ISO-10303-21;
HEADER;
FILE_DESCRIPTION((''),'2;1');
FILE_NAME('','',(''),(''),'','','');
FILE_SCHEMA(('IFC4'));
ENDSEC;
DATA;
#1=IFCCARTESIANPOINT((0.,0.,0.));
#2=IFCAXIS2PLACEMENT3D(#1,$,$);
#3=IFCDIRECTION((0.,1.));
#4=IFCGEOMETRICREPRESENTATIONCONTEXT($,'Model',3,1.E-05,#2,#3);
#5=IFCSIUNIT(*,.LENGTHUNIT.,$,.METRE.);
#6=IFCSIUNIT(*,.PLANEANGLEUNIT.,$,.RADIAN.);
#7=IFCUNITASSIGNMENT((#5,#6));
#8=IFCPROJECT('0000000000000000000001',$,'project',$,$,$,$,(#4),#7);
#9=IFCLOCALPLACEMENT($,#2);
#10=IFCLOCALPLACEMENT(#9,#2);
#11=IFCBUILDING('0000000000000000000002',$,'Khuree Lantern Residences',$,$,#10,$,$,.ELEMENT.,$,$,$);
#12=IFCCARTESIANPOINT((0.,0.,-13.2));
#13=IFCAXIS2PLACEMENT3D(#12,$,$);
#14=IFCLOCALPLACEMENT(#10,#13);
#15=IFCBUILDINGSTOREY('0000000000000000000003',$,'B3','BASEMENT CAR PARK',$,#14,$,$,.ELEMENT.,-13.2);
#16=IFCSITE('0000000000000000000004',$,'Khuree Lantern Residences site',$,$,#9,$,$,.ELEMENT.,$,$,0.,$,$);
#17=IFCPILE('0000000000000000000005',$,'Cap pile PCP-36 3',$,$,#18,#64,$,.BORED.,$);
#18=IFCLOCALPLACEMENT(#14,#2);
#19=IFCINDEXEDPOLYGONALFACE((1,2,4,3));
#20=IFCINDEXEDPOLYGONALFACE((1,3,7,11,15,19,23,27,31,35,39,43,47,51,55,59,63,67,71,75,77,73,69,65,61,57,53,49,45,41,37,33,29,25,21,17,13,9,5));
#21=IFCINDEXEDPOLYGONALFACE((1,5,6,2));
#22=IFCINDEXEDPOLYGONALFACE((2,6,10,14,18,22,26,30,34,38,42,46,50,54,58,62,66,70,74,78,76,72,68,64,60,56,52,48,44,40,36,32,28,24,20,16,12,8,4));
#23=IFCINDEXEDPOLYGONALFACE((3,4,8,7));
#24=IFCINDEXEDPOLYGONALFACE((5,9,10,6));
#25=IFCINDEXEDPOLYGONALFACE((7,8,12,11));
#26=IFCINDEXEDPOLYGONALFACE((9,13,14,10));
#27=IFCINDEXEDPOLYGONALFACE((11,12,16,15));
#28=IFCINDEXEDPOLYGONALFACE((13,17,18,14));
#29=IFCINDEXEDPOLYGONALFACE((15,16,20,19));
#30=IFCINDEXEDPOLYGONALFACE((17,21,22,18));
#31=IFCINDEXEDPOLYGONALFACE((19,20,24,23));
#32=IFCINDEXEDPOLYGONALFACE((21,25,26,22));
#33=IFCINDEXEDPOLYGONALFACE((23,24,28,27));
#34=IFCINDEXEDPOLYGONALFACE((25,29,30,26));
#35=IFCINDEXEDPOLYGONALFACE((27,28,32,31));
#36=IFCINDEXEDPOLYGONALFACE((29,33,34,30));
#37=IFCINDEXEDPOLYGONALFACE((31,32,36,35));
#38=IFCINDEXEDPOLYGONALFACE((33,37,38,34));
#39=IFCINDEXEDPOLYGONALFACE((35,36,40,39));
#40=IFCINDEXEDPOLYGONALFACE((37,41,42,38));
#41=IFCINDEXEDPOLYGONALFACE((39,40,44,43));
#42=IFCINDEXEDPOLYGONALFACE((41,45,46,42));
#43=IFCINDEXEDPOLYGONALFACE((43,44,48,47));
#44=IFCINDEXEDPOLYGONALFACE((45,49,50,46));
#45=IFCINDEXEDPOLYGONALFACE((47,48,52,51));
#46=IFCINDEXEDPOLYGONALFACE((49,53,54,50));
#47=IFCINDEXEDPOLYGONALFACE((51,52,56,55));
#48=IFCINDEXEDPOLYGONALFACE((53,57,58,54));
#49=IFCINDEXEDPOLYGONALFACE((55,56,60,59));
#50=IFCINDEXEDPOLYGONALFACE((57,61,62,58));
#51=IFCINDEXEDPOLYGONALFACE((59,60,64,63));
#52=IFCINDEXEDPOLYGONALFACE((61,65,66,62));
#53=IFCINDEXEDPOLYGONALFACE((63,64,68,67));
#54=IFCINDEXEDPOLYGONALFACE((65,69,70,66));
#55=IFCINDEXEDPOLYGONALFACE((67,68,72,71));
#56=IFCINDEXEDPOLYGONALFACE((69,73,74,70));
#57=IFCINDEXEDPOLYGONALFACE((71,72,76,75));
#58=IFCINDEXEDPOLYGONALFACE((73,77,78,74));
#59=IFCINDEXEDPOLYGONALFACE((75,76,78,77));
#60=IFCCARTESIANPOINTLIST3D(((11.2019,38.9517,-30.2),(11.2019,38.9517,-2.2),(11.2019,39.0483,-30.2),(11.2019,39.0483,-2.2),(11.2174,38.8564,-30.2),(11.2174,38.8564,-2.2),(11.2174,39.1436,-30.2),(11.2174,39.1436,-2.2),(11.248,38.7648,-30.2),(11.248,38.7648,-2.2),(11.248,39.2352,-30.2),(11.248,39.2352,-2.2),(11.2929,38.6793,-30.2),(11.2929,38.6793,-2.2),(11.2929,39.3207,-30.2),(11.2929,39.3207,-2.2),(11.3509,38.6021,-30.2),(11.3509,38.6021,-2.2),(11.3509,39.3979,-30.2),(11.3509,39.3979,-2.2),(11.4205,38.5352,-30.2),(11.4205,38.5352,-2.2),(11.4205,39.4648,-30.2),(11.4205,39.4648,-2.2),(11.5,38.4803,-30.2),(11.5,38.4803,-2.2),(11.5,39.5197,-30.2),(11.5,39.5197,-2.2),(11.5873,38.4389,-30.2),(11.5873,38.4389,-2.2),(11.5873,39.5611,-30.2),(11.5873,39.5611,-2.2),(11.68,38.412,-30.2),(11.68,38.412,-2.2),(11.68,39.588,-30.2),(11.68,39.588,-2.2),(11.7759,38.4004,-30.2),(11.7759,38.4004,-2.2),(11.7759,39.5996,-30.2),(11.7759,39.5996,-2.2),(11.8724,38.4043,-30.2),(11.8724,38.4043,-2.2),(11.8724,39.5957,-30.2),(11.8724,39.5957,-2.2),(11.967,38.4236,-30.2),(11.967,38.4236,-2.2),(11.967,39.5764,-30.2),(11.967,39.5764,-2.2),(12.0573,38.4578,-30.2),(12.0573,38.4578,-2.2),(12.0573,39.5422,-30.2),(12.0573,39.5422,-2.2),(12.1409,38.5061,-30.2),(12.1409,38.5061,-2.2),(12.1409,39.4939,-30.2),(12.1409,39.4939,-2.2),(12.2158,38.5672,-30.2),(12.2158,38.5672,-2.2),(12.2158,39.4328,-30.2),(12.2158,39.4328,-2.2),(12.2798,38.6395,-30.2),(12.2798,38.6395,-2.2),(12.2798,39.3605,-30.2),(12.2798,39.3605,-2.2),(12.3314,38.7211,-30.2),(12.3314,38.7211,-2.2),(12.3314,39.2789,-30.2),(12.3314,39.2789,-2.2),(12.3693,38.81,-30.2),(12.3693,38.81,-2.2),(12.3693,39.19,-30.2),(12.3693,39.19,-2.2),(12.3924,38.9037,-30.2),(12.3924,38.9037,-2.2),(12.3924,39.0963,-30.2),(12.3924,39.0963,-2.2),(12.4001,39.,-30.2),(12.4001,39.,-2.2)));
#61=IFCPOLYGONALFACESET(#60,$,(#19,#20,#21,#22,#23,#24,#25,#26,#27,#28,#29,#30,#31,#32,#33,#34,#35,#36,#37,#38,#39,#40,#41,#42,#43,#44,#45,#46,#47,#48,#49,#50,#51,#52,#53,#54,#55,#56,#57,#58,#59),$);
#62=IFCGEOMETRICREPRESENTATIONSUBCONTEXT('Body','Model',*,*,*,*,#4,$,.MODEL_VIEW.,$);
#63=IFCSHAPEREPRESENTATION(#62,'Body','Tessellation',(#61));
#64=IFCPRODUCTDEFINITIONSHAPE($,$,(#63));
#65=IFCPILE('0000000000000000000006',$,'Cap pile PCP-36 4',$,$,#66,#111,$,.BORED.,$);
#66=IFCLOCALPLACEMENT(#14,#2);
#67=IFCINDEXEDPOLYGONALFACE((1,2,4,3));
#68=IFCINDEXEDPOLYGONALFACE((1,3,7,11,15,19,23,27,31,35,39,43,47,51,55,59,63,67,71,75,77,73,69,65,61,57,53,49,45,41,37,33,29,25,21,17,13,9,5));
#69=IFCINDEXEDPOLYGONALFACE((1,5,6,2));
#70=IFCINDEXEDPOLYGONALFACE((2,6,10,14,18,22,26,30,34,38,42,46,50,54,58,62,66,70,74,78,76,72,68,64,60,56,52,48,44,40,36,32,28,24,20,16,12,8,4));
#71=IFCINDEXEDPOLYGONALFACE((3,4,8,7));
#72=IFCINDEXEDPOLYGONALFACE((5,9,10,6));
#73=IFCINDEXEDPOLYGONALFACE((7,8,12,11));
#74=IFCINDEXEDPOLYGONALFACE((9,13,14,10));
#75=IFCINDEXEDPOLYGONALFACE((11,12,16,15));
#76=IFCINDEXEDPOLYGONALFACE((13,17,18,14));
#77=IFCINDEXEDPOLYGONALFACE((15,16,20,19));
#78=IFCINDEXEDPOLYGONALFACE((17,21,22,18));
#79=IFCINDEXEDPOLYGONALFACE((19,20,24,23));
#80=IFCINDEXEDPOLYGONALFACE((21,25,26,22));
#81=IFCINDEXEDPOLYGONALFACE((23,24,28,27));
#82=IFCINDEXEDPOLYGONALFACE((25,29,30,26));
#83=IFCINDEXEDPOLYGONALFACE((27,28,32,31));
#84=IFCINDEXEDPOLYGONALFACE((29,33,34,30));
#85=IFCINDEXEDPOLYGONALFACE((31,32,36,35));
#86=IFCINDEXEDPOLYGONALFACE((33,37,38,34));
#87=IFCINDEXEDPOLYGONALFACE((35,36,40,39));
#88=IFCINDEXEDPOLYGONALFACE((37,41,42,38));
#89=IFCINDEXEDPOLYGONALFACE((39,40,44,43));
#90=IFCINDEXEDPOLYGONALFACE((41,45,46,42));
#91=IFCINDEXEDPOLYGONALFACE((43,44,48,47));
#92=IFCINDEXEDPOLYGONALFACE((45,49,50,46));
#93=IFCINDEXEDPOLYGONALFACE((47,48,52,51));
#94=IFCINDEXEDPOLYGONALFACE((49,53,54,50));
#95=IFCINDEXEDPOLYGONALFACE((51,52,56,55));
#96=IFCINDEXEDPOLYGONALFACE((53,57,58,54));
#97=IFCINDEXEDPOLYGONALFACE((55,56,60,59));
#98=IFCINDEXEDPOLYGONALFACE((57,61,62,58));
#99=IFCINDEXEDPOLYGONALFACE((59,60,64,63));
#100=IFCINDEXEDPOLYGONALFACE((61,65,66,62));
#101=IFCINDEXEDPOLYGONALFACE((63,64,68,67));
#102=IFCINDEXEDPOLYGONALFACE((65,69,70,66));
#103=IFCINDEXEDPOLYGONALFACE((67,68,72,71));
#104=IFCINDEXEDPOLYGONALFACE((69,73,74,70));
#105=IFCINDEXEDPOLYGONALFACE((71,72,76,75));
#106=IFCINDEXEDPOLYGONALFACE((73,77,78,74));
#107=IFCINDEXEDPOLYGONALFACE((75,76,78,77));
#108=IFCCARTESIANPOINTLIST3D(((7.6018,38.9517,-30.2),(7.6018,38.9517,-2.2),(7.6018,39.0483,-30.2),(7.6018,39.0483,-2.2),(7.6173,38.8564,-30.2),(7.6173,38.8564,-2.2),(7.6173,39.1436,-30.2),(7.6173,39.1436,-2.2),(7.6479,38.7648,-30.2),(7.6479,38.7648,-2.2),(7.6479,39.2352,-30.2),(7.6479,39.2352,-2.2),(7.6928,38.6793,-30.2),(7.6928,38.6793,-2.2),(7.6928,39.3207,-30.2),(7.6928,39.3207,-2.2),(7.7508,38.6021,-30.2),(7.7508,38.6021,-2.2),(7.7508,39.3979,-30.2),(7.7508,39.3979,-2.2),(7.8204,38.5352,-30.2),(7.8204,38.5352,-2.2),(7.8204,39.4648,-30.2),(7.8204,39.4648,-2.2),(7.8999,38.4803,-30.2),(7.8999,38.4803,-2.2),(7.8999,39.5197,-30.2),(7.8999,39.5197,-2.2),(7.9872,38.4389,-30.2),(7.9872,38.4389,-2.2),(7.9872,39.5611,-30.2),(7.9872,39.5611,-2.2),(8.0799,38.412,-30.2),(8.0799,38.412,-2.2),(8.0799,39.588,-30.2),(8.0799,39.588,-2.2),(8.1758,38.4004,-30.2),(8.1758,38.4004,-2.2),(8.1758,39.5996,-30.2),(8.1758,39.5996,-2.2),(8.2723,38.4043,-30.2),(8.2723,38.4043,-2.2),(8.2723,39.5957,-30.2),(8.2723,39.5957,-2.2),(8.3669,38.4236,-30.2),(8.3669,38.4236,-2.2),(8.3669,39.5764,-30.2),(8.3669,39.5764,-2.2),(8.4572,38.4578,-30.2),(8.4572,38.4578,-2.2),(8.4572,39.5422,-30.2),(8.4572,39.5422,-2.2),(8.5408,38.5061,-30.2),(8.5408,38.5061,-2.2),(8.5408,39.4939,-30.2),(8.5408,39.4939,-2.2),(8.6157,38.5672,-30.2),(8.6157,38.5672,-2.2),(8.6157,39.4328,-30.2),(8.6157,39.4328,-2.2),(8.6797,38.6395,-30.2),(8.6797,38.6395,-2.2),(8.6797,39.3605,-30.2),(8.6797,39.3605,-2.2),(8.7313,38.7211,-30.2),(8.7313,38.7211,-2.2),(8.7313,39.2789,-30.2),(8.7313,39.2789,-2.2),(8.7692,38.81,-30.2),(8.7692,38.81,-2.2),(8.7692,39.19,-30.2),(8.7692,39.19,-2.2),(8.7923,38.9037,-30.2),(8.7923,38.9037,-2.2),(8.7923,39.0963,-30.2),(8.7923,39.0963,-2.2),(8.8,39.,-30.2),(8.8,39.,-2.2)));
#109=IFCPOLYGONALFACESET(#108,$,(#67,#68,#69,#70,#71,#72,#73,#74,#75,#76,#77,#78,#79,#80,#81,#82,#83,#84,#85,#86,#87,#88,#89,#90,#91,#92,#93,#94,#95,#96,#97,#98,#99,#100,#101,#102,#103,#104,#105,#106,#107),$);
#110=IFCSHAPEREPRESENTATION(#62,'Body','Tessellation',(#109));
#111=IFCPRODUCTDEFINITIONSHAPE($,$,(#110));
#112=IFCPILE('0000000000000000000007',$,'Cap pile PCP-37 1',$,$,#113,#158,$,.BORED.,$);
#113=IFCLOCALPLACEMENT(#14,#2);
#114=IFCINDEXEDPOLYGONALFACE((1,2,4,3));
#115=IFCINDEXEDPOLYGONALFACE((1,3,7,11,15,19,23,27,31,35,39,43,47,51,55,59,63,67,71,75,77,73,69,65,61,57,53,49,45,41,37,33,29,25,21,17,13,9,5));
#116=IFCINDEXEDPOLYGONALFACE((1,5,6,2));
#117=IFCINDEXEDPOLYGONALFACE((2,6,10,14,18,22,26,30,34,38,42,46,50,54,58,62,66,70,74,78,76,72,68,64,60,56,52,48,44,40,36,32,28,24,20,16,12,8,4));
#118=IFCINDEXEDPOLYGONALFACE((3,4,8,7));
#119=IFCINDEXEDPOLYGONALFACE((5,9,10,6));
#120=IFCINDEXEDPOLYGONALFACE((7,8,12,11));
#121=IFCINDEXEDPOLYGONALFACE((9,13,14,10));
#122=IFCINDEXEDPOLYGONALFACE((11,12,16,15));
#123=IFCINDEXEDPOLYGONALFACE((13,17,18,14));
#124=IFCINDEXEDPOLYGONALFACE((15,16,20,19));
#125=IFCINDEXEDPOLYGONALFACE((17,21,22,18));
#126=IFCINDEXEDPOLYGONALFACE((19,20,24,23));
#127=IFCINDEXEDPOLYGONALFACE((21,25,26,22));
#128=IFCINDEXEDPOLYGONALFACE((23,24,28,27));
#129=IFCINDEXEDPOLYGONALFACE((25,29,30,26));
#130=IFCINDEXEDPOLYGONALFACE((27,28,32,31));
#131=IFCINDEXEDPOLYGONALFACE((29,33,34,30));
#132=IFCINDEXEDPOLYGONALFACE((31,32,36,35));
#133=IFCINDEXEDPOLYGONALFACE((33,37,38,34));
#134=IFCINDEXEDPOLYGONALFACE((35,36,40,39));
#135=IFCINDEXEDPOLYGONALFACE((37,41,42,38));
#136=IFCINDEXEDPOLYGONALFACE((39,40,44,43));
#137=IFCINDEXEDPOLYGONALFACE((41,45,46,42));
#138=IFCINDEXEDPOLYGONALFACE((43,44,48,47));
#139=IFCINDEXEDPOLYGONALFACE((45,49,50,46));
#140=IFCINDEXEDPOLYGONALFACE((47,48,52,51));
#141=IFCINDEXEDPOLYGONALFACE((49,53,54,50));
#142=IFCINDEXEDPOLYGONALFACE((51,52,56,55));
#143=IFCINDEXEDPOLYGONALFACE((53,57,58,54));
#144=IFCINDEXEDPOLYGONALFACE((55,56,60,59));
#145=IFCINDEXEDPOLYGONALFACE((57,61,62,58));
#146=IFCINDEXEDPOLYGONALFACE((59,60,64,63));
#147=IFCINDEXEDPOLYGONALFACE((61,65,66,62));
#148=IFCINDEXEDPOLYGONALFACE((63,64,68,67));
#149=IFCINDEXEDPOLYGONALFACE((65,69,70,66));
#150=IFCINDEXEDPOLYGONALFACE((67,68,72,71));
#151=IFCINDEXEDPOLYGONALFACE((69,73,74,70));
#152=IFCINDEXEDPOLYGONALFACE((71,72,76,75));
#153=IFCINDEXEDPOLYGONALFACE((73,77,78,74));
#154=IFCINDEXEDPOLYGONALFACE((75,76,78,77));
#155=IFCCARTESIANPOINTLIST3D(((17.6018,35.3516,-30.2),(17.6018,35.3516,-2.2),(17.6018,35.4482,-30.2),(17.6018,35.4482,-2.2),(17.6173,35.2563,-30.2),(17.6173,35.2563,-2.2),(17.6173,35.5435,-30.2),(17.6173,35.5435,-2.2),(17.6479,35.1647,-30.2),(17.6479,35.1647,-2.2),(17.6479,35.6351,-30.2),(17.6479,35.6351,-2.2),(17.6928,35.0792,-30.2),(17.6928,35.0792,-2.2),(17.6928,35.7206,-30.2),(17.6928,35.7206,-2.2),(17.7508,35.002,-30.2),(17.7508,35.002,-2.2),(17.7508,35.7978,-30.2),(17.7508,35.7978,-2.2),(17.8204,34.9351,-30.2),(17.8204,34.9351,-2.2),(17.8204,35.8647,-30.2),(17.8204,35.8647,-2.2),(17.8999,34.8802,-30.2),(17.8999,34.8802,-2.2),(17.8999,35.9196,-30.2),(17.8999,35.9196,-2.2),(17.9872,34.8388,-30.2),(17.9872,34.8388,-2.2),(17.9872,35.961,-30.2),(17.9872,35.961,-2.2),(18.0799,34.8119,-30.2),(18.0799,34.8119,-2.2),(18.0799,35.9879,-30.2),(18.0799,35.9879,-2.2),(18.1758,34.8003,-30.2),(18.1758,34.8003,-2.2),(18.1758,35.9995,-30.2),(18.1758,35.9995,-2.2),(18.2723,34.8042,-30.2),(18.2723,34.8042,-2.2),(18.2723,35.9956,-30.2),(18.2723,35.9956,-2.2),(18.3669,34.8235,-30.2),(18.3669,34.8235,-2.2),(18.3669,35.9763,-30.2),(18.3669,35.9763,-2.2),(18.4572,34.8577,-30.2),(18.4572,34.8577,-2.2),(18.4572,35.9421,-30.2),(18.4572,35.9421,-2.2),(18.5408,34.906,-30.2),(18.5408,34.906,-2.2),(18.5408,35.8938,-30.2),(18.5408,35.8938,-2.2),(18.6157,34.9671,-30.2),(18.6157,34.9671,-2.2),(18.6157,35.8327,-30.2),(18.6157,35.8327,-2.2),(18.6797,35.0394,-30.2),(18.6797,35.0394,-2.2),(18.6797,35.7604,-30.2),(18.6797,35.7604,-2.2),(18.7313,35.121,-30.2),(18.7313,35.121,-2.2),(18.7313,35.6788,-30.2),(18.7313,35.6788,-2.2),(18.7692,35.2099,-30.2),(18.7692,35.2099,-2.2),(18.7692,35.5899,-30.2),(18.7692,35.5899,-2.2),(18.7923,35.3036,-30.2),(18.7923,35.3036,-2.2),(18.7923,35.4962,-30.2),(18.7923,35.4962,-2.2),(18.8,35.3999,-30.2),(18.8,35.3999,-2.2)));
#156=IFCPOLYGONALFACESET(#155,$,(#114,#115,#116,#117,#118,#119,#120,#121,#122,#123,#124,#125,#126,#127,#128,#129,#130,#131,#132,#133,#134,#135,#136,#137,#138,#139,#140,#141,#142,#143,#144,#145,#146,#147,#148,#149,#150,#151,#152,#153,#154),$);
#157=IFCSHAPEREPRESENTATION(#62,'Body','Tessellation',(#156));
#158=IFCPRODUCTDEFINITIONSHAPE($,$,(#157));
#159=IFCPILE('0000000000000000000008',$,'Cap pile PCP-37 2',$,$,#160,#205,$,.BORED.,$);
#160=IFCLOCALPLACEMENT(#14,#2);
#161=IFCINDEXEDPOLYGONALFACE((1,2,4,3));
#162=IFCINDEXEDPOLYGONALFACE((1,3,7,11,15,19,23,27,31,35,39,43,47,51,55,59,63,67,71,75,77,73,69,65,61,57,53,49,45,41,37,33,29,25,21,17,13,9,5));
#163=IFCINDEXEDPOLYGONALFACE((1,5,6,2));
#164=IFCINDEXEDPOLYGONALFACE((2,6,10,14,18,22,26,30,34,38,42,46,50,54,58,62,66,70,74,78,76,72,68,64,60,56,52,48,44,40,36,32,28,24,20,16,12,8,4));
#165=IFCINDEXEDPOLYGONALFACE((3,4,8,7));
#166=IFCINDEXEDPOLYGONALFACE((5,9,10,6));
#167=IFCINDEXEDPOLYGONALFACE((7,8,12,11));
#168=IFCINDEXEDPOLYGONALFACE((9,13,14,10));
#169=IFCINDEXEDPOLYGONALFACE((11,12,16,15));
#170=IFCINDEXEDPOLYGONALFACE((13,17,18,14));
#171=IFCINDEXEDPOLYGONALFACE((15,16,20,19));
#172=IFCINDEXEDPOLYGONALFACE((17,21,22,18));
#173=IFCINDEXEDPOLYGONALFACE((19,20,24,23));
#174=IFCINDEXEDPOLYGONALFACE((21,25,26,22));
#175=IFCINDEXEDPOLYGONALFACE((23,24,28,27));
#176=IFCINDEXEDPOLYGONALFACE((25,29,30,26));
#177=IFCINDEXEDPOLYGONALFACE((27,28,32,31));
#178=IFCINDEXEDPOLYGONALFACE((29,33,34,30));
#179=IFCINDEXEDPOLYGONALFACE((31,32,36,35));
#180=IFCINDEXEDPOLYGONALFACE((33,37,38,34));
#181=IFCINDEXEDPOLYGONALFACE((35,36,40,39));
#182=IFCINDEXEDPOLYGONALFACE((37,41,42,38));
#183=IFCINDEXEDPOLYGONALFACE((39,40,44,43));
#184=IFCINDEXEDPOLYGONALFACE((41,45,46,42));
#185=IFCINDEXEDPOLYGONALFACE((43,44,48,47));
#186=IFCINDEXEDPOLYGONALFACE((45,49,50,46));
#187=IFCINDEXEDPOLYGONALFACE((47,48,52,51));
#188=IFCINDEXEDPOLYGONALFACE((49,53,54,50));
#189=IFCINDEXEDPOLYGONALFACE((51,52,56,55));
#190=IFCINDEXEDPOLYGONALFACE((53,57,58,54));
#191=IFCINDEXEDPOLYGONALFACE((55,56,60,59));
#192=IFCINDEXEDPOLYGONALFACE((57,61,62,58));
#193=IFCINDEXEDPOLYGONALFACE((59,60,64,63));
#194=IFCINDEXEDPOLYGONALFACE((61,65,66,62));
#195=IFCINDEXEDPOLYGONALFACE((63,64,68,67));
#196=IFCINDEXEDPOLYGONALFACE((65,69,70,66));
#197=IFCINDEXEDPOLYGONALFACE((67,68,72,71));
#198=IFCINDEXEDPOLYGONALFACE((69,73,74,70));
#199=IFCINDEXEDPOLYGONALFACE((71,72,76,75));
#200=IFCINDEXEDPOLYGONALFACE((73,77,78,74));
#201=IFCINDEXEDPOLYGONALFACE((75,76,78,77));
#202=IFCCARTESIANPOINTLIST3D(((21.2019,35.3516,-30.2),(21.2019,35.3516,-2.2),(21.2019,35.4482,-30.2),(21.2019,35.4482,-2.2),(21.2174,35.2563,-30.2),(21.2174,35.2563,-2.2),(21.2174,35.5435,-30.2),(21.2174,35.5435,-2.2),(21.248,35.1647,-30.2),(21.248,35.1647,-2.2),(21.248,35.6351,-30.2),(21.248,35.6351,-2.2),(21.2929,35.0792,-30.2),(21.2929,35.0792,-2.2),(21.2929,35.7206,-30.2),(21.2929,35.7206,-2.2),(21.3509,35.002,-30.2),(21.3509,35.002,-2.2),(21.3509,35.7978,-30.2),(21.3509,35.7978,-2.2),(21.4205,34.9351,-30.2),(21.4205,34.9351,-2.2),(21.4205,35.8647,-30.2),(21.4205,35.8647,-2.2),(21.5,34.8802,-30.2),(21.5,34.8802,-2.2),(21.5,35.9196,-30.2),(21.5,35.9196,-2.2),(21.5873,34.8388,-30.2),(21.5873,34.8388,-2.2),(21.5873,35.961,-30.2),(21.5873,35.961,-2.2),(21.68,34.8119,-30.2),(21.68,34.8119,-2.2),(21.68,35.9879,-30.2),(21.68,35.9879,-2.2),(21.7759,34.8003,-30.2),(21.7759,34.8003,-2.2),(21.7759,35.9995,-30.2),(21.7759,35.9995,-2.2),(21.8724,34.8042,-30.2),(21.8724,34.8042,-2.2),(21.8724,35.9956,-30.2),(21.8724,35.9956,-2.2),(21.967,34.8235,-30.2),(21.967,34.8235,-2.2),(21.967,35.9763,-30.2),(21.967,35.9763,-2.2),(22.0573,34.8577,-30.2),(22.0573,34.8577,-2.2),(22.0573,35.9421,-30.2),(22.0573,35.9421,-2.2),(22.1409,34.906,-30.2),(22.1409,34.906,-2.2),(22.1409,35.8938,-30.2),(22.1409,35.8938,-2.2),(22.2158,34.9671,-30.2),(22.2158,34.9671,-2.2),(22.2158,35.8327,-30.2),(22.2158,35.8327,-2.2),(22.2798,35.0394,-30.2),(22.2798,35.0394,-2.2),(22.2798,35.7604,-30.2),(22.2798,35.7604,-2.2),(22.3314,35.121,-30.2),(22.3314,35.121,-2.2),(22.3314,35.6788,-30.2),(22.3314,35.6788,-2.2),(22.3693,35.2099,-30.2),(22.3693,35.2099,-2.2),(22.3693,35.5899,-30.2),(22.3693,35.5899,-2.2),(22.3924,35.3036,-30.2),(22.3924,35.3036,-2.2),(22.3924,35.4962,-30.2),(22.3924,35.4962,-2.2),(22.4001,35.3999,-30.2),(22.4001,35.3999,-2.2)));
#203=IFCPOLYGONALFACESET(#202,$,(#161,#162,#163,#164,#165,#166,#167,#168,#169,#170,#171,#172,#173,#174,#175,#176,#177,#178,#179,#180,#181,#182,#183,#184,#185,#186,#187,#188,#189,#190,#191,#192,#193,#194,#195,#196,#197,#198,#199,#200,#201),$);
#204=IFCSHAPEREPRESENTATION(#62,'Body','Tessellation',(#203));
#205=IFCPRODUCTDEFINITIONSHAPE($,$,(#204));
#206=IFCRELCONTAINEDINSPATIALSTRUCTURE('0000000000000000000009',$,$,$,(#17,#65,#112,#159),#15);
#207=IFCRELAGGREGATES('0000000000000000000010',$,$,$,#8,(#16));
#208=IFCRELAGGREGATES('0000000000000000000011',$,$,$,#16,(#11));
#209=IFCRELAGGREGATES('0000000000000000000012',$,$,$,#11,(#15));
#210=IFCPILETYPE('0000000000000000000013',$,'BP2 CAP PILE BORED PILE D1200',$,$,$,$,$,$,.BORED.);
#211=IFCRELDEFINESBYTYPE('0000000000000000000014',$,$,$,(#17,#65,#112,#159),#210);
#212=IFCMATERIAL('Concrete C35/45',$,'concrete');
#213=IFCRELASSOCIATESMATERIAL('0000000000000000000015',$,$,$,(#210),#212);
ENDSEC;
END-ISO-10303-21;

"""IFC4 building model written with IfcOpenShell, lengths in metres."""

from ifc_helpers import new_model, si_unit, direction, frame, origin, origin_2d, place, context, subcontext, project, spatial, circle, extrude, material, material_profile, profile_set, type_object, element, save


model = new_model("IFC4")

# Units and contexts
model_context = context("Model", 3, precision=1e-05, world=origin(), true_north=direction((0.0, 1.0)))
body_context = subcontext(model_context, "Body", "Model", "MODEL_VIEW")
ifc_project = project(units=[si_unit("LENGTHUNIT", "METRE"), si_unit("PLANEANGLEUNIT", "RADIAN")], contexts=[model_context])

# Site, building, storey
site_placement = place(None, origin())
site = spatial("IfcSite", under=ifc_project, at=site_placement, Name="Khuree Lantern Residences site", CompositionType="ELEMENT", RefElevation=0.0)
building_placement = place(site_placement, origin())
building = spatial("IfcBuilding", under=site, at=building_placement, Name="Khuree Lantern Residences", CompositionType="ELEMENT")
storey_placement = place(building_placement, frame((0.0, 0.0, -13.2)))
storey = spatial("IfcBuildingStorey", under=building, at=storey_placement, Name="B3", Description="BASEMENT CAR PARK", CompositionType="ELEMENT", Elevation=-13.2)

# Piles
ifc_material_1 = material(Name="Concrete C35/45", Category="concrete")
ifc_material_profile_1 = material_profile(ifc_material_1, circle(Radius=0.6001, at=origin_2d()), Name="BORED PILE D1200")
ifc_profile_set_1 = profile_set([ifc_material_profile_1], Name="Concrete C35/45")
pile_type_1 = type_object("IfcPileType", Name="BP2 CAP PILE BORED PILE D1200", PredefinedType="BORED", material=ifc_profile_set_1)
for number, where, z_axis, x_axis, name in (
    (1, (11.8, 39.0, -2.2), (0.0, 0.0, -1.0), (1.0, 0.0, 0.0), "Cap pile PCP-36 3"),
    (2, (8.2, 39.0, -2.2), (0.0, 0.0, -1.0), (1.0, 0.0, 0.0), "Cap pile PCP-36 4"),
    (3, (18.2, 35.3999, -2.2), (0.0, 0.0, -1.0), (1.0, 0.0, 0.0), "Cap pile PCP-37 1"),
    (4, (21.8, 35.3999, -2.2), (0.0, 0.0, -1.0), (1.0, 0.0, 0.0), "Cap pile PCP-37 2"),
):
    element("IfcPile", number, at=place(storey_placement, frame(where, z_axis=z_axis, x_axis=x_axis)), inside=storey, type_object=pile_type_1, Name=name, PredefinedType="BORED", context=body_context, shape_type="SweptSolid", body=[
        extrude(circle(Radius=0.6001, at=origin_2d()), origin(), (0.0, 0.0, 1.0), 28.0),
    ])

save(model, "model.ifc")
